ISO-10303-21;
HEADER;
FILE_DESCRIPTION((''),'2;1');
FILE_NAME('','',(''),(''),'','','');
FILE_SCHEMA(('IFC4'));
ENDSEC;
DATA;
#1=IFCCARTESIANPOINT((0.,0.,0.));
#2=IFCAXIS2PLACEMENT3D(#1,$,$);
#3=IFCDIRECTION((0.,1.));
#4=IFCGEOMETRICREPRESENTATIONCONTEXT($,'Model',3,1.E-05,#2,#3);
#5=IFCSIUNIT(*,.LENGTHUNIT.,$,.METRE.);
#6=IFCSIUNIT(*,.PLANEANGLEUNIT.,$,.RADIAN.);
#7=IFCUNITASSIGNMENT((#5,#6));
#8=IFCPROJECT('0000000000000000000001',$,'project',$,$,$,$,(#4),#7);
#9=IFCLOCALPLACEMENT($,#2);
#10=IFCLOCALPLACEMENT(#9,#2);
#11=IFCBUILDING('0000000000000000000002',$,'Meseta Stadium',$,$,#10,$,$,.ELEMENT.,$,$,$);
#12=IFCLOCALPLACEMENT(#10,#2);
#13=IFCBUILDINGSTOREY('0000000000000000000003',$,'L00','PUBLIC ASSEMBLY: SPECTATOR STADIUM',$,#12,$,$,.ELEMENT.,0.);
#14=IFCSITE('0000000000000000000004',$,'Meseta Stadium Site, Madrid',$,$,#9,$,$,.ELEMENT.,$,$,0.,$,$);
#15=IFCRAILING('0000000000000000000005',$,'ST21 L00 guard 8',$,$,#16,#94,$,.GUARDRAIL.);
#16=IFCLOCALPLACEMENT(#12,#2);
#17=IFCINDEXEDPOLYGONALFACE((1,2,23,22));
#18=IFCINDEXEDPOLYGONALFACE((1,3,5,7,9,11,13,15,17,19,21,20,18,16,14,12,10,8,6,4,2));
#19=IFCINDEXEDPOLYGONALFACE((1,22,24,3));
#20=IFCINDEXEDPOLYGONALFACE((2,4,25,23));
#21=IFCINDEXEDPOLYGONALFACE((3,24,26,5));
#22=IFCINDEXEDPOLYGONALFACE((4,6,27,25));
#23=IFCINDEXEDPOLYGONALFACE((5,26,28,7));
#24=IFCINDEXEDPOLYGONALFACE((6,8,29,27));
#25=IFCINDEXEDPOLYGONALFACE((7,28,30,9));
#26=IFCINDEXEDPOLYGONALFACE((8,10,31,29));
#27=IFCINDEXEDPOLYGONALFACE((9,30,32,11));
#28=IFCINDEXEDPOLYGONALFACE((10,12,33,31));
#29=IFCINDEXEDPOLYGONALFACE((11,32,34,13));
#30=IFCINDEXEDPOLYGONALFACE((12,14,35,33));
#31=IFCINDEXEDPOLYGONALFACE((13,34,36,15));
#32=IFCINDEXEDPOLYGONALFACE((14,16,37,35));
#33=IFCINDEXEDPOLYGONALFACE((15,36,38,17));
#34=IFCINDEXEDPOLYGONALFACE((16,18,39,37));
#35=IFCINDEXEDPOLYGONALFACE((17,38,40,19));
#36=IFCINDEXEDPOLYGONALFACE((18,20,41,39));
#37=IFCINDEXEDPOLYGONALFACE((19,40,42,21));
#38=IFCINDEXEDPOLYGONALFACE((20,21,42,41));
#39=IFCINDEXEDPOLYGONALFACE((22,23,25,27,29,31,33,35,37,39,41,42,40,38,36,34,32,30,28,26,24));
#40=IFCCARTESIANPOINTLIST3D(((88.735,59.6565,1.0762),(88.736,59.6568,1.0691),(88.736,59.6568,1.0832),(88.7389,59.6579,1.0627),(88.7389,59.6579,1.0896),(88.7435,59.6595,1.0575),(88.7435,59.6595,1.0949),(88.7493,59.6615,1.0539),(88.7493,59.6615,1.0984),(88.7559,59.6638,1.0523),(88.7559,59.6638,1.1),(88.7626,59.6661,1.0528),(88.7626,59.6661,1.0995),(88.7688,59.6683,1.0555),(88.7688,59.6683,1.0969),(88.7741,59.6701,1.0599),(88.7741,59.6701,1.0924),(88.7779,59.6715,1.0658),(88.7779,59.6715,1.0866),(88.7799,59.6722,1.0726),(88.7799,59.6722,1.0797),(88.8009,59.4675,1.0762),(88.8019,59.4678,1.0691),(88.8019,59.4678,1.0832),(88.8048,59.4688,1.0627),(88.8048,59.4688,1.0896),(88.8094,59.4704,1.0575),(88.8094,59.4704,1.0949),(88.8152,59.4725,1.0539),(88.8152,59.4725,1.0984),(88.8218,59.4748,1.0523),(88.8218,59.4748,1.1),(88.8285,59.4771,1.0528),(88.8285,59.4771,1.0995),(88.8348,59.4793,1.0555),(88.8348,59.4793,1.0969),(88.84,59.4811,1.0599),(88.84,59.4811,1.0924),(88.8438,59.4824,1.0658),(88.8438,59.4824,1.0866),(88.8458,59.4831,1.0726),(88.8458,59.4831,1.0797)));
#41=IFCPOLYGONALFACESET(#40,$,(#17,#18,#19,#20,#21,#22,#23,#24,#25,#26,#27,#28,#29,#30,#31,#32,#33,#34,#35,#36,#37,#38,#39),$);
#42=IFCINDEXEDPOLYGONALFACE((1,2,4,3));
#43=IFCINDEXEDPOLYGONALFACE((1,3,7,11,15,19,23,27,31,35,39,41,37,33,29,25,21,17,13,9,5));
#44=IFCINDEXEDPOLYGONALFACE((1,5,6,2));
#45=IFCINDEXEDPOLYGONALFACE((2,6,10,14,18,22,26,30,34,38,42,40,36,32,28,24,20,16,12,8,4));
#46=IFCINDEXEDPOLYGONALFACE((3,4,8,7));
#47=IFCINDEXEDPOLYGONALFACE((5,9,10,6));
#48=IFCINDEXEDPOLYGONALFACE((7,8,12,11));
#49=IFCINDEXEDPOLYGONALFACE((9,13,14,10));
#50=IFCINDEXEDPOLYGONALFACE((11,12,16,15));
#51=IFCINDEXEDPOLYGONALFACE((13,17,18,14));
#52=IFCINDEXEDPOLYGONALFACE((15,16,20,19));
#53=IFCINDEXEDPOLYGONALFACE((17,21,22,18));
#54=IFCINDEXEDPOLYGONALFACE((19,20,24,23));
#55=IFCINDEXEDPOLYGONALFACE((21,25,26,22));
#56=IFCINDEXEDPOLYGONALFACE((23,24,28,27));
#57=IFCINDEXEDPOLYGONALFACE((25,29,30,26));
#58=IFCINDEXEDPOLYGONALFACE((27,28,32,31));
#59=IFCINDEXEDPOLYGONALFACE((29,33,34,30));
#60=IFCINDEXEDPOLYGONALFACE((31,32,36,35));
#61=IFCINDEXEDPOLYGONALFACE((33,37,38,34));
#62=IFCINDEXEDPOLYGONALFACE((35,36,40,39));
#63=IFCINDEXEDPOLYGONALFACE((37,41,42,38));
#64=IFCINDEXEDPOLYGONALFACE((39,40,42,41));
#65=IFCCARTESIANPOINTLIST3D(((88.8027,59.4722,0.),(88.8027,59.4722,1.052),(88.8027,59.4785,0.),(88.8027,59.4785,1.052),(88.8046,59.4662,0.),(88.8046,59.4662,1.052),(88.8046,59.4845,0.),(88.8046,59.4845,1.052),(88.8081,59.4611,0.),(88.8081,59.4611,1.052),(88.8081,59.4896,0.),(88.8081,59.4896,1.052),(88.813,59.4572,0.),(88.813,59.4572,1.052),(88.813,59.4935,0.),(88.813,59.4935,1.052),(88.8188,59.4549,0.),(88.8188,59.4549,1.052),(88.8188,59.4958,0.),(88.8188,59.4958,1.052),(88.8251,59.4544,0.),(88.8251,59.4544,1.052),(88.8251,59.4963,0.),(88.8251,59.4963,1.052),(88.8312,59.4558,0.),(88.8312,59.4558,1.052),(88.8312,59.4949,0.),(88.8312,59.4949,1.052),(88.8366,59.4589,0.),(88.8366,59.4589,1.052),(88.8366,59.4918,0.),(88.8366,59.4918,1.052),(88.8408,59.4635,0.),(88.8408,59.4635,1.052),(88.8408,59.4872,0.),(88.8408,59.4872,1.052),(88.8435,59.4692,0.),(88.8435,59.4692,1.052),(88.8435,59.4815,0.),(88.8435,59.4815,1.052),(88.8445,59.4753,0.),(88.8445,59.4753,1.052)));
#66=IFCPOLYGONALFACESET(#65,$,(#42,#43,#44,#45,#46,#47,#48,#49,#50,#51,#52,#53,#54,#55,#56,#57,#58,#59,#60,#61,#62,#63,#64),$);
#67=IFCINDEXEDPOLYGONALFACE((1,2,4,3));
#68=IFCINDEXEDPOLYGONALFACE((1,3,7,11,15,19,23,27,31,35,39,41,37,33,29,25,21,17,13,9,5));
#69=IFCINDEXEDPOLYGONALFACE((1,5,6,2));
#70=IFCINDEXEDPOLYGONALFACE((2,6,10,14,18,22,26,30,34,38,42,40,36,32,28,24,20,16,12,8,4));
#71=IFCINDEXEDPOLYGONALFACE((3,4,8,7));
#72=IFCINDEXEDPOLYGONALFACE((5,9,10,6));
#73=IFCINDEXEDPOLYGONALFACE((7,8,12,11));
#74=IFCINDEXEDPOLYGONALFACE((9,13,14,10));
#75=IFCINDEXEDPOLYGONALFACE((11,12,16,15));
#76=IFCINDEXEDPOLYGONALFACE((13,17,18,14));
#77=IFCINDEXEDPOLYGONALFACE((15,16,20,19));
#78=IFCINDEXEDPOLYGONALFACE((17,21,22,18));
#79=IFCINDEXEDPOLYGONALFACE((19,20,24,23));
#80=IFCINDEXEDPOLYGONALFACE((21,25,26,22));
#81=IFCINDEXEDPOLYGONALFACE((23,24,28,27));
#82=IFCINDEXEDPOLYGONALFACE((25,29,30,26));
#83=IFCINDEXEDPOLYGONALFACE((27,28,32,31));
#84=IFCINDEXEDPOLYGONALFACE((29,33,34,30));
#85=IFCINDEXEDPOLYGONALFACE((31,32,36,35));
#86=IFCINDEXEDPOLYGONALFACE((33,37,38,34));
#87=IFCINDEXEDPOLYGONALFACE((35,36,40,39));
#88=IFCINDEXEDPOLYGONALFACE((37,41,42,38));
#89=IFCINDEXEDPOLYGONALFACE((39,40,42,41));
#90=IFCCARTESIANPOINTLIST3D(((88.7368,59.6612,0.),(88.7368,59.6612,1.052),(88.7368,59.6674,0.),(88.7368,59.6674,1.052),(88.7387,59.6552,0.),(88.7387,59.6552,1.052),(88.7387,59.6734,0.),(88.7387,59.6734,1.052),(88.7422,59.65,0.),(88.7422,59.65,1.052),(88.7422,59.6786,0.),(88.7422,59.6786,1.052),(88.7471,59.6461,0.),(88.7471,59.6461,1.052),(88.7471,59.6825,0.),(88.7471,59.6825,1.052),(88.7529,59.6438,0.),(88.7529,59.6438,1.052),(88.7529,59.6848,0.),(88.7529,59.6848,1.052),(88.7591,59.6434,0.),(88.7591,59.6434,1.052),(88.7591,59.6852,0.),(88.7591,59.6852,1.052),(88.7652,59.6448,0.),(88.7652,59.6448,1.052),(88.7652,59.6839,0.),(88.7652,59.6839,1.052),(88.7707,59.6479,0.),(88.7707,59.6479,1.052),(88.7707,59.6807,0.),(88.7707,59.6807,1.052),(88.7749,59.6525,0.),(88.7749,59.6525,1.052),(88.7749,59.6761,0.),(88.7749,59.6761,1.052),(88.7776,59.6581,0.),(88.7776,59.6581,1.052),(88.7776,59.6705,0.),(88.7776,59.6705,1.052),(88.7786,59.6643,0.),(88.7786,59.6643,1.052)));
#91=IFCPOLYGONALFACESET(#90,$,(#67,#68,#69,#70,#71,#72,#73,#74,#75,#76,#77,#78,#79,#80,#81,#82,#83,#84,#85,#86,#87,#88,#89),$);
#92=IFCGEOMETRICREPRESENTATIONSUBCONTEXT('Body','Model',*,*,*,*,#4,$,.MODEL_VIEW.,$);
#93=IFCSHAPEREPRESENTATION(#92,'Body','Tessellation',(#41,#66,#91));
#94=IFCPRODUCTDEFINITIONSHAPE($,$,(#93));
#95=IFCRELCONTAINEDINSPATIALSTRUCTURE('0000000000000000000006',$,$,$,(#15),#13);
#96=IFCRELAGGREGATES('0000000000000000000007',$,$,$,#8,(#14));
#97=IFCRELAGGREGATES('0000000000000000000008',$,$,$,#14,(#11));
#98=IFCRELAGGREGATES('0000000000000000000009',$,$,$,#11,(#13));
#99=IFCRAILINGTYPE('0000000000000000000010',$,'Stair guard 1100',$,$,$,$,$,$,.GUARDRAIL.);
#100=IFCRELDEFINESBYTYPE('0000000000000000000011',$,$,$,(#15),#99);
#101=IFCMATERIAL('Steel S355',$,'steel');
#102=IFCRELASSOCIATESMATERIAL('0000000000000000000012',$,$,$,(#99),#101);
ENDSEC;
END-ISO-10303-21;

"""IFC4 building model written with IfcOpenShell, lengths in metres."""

from ifc_helpers import new_model, si_unit, direction, frame, origin, origin_2d, place, context, subcontext, project, spatial, circle, extrude, material, type_object, element, save


model = new_model("IFC4")

# Units and contexts
model_context = context("Model", 3, precision=1e-05, world=origin(), true_north=direction((0.0, 1.0)))
body_context = subcontext(model_context, "Body", "Model", "MODEL_VIEW")
ifc_project = project(units=[si_unit("LENGTHUNIT", "METRE"), si_unit("PLANEANGLEUNIT", "RADIAN")], contexts=[model_context])

# Site, building, storey
site_placement = place(None, origin())
site = spatial("IfcSite", under=ifc_project, at=site_placement, Name="Meseta Stadium Site, Madrid", CompositionType="ELEMENT", RefElevation=0.0)
building_placement = place(site_placement, origin())
building = spatial("IfcBuilding", under=site, at=building_placement, Name="Meseta Stadium", CompositionType="ELEMENT")
storey_placement = place(building_placement, origin())
storey = spatial("IfcBuildingStorey", under=building, at=storey_placement, Name="L00", Description="PUBLIC ASSEMBLY: SPECTATOR STADIUM", CompositionType="ELEMENT", Elevation=0.0)

# Railing
ifc_material_1 = material(Name="Steel S355", Category="steel")
railing_type_1 = type_object("IfcRailingType", Name="Stair guard 1100", PredefinedType="GUARDRAIL", material=ifc_material_1)
railing_1_placement = place(storey_placement, frame((88.8235, 59.4753, 0.0)))
element("IfcRailing", 1, at=railing_1_placement, inside=storey, type_object=railing_type_1, Name="ST21 L00 guard 8", PredefinedType="GUARDRAIL", context=body_context, shape_type="SweptSolid", body=[
    extrude(circle(Radius=0.0239, at=origin_2d()), frame((0.0, 0.0, 1.0762), z_axis=(-0.329372, 0.9442, 0.0), x_axis=(-0.9442, -0.329372, 0.0)), (0.0, 0.0, 1.0), 0.2002),
    extrude(circle(Radius=0.021, at=origin_2d()), origin(), (0.0, 0.0, 1.0), 1.052),
    extrude(circle(Radius=0.021, at=origin_2d()), frame((-0.0659, 0.189, 0.0)), (0.0, 0.0, 1.0), 1.052),
])

save(model, "model.ifc")
